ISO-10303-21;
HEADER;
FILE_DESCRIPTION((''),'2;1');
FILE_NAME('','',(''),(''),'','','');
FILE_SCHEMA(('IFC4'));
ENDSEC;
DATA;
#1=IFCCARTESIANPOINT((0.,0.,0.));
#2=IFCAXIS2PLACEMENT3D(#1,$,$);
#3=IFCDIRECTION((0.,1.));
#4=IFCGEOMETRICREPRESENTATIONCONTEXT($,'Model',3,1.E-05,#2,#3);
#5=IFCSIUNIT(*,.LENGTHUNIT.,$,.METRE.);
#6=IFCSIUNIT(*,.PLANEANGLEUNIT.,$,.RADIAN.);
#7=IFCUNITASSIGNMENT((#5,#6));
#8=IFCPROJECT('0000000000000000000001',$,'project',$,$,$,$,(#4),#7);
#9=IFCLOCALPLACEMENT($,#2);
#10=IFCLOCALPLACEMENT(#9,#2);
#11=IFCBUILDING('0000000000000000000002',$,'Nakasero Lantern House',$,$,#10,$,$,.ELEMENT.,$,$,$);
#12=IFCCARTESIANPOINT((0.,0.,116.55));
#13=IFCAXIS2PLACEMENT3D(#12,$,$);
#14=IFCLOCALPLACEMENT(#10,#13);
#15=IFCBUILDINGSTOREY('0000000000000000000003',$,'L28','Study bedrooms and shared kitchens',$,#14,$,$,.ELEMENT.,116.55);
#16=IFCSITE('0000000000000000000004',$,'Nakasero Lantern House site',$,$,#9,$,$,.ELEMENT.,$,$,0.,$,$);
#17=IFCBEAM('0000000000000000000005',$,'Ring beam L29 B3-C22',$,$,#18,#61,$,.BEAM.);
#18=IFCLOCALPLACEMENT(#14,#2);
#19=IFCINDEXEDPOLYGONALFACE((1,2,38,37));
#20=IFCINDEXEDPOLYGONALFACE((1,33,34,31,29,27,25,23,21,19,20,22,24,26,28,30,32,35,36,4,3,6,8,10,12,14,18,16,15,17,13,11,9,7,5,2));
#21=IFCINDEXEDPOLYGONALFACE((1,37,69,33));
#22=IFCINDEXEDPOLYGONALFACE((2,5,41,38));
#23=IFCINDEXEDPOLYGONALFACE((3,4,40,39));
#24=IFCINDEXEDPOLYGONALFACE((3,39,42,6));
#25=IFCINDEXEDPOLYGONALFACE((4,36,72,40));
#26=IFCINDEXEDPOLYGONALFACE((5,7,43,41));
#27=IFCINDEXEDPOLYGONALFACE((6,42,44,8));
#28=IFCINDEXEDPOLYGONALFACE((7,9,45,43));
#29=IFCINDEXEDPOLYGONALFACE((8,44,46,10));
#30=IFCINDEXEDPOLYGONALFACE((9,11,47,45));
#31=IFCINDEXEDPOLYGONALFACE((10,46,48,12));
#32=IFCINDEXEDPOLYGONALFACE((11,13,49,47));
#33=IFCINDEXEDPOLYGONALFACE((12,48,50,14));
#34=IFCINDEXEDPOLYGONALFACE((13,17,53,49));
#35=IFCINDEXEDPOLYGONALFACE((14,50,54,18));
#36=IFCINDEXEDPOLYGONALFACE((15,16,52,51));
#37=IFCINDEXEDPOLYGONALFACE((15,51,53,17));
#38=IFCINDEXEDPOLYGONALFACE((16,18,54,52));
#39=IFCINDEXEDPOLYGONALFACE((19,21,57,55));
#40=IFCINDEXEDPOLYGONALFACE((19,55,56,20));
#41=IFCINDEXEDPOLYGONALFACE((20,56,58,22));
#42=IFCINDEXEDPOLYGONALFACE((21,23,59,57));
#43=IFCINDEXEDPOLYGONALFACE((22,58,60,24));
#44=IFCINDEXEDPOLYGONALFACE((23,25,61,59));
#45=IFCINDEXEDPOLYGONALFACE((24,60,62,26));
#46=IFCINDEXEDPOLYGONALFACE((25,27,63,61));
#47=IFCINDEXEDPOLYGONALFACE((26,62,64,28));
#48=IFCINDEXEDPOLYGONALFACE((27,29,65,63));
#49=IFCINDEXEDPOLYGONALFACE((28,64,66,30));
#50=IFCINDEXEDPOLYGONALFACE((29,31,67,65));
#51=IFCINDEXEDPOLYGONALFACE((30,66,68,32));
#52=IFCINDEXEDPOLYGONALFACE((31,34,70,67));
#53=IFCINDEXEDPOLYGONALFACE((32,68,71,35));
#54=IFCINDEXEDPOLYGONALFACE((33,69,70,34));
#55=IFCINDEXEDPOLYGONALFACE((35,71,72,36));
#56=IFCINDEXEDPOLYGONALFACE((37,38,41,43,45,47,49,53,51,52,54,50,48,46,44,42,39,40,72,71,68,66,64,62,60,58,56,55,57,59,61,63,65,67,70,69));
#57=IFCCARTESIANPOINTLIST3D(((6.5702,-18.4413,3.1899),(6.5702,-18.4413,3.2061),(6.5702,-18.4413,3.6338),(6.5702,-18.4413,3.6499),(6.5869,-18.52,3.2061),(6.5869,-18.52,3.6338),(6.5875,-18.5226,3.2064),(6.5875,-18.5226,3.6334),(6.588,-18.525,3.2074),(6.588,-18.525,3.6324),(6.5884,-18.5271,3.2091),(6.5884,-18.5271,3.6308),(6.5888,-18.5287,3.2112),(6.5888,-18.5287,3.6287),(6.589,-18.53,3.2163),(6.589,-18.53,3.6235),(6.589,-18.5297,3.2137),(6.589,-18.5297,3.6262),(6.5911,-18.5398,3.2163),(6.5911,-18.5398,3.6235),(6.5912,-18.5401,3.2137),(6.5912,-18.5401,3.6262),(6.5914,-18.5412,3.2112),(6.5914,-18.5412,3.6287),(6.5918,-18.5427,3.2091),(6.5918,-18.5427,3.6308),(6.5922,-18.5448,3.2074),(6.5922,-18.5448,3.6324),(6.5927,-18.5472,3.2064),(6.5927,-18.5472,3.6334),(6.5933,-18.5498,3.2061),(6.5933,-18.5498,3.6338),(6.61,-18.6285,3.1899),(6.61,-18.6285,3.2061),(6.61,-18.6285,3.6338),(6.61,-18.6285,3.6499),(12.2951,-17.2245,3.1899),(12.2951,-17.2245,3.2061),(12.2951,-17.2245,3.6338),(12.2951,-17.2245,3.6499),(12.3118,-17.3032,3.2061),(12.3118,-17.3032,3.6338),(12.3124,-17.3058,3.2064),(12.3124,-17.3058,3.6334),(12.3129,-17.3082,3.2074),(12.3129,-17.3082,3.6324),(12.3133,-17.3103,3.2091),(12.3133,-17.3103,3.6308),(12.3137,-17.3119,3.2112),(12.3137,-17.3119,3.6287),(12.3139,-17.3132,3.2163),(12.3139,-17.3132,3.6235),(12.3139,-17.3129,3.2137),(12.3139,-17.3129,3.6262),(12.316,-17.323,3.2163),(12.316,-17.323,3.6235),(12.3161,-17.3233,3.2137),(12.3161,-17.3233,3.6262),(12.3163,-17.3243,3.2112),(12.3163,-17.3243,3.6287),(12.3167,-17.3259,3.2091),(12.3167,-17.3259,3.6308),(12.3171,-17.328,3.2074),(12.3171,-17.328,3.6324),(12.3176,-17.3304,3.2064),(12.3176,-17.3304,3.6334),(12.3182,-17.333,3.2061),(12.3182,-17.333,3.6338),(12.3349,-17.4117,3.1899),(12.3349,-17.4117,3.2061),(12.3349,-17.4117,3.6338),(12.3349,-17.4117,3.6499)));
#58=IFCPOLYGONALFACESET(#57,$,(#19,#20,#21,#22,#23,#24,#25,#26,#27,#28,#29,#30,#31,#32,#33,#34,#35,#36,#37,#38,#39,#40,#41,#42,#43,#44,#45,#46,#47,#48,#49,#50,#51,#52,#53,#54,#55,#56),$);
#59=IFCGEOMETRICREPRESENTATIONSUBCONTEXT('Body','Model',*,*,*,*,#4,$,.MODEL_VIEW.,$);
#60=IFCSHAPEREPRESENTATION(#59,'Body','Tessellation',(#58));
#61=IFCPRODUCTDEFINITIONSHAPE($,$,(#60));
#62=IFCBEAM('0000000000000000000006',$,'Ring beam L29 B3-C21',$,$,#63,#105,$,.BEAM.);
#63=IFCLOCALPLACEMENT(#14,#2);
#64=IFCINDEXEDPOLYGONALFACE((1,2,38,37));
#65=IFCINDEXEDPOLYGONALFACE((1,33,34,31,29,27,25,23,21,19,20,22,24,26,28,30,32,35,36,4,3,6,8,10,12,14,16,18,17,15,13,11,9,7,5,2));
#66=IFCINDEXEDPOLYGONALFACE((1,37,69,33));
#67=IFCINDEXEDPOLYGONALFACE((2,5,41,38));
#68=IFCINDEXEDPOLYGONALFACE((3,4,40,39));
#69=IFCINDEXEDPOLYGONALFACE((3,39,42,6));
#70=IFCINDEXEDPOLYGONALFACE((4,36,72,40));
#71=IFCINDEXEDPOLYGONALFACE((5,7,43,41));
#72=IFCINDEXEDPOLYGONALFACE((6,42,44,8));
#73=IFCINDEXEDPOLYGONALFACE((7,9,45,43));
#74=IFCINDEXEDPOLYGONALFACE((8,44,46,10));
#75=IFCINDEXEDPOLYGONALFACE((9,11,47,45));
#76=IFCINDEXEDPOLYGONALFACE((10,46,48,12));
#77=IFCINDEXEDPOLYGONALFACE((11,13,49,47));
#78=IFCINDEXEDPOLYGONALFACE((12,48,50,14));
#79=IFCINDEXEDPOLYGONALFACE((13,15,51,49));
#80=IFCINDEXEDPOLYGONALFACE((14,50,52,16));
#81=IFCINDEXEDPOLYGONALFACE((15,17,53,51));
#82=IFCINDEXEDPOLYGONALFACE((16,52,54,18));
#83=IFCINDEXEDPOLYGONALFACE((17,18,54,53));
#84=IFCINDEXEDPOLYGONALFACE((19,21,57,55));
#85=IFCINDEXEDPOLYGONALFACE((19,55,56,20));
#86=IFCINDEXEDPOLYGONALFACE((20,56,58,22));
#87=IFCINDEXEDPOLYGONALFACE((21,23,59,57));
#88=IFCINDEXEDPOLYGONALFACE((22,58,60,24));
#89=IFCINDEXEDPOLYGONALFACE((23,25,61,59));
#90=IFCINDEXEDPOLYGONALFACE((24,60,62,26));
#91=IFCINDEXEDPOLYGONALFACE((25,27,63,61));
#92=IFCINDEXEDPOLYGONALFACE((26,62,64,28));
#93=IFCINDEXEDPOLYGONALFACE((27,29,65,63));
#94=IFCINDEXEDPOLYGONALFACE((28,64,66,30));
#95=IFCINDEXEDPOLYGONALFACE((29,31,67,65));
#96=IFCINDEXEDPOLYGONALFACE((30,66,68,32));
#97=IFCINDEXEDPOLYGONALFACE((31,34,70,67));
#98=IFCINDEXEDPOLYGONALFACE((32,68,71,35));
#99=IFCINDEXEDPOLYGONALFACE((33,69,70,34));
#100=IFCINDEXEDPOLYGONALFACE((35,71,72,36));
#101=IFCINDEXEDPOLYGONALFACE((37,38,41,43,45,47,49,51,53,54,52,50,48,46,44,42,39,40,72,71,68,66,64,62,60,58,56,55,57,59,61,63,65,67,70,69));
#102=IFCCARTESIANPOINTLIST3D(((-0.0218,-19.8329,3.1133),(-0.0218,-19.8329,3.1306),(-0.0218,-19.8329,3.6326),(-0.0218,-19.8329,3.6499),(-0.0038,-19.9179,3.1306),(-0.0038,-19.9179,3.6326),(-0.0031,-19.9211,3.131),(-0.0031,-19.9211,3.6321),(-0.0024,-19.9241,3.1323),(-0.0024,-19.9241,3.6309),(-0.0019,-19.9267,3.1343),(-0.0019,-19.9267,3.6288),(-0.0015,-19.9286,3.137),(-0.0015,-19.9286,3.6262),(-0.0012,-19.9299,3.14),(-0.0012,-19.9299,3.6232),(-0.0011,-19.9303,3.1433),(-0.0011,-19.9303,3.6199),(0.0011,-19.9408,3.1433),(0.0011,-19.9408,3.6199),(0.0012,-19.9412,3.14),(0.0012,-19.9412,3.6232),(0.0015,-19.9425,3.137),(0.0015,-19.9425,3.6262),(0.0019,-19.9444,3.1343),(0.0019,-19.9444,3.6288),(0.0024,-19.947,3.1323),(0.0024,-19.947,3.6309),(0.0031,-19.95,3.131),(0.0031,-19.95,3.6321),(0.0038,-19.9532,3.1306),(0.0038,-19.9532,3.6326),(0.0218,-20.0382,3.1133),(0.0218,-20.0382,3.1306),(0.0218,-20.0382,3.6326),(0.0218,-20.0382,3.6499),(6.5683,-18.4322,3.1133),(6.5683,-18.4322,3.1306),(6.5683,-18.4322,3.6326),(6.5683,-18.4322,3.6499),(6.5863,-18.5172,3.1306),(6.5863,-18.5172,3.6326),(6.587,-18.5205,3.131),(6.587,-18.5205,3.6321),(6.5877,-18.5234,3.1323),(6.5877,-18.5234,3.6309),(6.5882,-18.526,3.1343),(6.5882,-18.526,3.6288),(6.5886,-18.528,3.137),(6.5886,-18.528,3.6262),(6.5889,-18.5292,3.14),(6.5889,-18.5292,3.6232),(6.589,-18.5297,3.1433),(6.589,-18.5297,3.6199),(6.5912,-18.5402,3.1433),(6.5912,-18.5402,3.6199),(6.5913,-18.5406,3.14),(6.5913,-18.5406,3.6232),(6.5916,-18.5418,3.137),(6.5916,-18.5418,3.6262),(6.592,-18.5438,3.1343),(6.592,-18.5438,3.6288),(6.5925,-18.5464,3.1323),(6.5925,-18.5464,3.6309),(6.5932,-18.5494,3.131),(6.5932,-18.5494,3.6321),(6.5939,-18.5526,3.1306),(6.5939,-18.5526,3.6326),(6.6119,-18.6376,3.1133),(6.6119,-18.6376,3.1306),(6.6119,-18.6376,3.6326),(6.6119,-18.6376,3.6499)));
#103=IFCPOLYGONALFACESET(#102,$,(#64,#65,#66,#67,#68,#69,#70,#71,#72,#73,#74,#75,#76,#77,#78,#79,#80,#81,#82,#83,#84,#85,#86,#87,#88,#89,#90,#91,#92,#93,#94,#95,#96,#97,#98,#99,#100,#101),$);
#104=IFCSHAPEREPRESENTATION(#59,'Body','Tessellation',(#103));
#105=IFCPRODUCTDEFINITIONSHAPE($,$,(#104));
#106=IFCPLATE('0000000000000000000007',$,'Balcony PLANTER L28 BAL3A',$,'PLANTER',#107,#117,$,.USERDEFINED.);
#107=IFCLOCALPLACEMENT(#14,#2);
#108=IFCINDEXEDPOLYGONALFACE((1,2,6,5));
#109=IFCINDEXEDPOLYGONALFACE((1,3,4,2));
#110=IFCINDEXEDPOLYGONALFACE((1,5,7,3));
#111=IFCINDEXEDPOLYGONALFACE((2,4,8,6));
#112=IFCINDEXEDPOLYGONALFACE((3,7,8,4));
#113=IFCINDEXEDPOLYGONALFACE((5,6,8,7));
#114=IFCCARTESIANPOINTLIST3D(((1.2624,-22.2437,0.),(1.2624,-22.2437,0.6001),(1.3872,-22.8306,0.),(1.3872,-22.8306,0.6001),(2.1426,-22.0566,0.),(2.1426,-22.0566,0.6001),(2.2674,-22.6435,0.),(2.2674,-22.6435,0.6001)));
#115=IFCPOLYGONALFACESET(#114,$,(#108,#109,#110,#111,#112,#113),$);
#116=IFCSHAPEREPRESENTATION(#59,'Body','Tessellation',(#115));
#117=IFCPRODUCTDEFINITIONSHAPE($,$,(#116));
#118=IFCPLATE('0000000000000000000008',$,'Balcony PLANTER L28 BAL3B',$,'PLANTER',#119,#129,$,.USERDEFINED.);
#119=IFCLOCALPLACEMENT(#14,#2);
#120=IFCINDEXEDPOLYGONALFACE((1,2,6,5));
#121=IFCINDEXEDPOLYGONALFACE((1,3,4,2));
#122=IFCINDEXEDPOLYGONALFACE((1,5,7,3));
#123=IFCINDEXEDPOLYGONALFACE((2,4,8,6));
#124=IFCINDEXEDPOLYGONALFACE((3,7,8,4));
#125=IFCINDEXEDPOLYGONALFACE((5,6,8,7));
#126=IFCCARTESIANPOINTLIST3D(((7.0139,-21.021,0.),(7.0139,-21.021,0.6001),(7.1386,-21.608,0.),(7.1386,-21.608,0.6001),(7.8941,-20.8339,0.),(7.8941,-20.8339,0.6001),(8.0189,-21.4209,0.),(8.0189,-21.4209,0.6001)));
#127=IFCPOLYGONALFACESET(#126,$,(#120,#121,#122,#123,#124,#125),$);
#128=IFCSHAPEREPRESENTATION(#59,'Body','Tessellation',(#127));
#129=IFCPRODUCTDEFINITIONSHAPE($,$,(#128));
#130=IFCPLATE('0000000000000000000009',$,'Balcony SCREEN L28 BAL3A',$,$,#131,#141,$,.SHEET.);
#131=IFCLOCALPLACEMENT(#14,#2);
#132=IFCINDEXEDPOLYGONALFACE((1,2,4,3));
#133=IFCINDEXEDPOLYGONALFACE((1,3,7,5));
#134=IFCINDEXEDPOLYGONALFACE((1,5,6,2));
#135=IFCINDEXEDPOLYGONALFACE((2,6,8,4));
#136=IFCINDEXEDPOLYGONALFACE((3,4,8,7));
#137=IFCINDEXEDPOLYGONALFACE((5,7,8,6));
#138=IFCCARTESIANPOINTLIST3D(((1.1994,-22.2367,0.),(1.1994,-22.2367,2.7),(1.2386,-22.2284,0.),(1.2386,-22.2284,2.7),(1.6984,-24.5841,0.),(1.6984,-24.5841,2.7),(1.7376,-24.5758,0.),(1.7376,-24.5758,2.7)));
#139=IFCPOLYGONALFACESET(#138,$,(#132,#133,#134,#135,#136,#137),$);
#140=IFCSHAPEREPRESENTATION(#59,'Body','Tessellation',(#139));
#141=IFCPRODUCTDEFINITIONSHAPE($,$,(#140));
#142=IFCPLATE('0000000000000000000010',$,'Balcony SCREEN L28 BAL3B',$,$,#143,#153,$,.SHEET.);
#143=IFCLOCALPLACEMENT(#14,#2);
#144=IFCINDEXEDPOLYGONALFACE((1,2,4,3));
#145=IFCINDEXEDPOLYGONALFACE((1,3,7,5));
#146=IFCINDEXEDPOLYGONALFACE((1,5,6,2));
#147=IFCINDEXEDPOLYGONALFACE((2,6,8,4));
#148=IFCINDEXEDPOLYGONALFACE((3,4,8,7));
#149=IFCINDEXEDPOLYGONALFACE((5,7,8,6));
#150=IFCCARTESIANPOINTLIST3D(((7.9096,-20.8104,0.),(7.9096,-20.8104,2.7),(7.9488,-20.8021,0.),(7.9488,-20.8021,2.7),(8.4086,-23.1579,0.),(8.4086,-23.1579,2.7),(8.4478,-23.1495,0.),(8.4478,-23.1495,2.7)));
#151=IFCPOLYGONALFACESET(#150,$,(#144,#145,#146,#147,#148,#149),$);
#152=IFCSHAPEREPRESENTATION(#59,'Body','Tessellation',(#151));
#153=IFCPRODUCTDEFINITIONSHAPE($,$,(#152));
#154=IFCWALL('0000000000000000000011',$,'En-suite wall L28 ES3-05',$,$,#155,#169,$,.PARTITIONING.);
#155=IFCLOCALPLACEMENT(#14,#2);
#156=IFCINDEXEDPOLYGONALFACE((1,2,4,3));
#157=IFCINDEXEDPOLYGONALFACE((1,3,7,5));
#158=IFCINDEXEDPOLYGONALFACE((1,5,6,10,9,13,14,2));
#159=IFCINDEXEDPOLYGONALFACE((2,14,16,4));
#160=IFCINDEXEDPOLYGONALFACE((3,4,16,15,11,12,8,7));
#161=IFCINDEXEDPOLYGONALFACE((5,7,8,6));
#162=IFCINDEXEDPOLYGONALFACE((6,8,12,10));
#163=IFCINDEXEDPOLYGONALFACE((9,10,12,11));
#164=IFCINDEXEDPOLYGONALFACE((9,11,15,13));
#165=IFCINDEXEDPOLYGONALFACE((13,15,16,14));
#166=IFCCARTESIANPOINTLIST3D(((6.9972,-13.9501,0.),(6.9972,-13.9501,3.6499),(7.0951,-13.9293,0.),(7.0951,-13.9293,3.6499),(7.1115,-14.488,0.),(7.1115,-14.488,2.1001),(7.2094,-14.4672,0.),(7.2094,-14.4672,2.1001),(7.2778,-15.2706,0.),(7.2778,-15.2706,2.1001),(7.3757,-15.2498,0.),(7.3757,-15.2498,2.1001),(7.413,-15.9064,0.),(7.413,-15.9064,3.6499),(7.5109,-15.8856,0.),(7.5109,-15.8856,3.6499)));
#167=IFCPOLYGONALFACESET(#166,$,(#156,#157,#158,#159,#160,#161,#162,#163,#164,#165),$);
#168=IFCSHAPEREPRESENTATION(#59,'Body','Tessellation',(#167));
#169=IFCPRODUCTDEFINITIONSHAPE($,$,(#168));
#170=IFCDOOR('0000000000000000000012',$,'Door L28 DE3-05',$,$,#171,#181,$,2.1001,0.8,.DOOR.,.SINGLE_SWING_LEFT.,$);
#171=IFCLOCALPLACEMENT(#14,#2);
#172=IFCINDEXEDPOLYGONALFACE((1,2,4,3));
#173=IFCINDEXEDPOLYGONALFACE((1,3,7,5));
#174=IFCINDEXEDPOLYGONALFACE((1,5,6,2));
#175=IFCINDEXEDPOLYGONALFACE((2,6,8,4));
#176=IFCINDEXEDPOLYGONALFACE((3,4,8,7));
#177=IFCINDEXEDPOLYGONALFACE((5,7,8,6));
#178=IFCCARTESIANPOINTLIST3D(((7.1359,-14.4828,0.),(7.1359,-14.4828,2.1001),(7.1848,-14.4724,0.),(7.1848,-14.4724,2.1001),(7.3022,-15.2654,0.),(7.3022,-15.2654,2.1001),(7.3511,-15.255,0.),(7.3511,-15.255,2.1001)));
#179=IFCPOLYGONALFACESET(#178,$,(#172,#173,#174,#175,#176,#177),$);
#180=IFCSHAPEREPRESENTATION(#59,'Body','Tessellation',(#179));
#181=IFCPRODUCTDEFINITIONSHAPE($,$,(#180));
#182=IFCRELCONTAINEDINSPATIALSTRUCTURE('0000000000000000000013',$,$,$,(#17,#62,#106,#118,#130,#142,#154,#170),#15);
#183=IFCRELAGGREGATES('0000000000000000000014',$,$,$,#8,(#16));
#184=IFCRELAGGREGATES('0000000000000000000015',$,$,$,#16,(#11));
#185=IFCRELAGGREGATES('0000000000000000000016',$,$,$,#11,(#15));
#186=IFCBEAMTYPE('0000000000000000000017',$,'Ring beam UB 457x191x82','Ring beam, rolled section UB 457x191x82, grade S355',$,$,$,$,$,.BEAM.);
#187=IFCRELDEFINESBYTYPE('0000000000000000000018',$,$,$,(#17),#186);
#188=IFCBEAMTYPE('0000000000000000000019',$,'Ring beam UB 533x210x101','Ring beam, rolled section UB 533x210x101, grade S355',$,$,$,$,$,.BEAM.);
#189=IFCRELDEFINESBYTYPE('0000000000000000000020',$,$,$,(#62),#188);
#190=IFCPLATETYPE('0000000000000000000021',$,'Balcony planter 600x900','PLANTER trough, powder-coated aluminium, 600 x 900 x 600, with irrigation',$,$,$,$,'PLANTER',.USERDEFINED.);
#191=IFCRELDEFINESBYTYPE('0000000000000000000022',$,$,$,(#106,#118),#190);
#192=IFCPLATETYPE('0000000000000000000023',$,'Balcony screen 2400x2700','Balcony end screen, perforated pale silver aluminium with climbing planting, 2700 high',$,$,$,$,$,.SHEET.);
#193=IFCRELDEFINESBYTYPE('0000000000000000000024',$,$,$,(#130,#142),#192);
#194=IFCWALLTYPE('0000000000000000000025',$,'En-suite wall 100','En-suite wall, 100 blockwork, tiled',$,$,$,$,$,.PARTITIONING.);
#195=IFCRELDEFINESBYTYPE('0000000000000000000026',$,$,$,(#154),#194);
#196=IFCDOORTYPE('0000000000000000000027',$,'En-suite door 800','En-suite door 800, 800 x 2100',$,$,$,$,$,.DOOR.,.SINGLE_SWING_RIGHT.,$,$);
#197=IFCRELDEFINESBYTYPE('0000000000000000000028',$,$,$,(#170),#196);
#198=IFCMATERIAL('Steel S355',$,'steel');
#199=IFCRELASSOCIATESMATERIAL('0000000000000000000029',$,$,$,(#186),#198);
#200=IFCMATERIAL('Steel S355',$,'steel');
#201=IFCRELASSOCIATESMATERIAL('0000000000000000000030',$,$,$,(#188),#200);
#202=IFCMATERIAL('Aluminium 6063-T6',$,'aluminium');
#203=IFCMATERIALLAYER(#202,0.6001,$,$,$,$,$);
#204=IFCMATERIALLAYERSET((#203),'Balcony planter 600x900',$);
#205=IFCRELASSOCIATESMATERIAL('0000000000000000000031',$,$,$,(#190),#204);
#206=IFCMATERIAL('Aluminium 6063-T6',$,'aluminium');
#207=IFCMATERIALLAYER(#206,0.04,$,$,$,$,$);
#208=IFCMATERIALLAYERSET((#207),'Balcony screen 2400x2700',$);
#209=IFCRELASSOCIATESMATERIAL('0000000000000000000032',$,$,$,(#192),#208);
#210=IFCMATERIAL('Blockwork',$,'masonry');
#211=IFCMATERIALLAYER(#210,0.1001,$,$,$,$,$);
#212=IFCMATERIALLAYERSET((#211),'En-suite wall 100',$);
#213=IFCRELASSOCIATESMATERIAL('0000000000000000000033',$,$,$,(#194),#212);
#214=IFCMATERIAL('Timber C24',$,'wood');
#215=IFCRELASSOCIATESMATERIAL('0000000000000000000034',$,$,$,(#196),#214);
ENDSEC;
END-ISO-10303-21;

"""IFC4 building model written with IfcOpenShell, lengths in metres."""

from ifc_helpers import new_model, si_unit, direction, frame, frame_2d, origin, origin_2d, place, context, subcontext, project, spatial, rectangle, i_section, extrude, material, layer, layer_set, material_profile, profile_set, type_object, element, fill, save


model = new_model("IFC4")

# Units and contexts
model_context = context("Model", 3, precision=1e-05, world=origin(), true_north=direction((0.0, 1.0)))
body_context = subcontext(model_context, "Body", "Model", "MODEL_VIEW")
ifc_project = project(units=[si_unit("LENGTHUNIT", "METRE"), si_unit("PLANEANGLEUNIT", "RADIAN")], contexts=[model_context])

# Site, building, storey
site_placement = place(None, origin())
site = spatial("IfcSite", under=ifc_project, at=site_placement, Name="Nakasero Lantern House site", CompositionType="ELEMENT", RefElevation=0.0)
building_placement = place(site_placement, origin())
building = spatial("IfcBuilding", under=site, at=building_placement, Name="Nakasero Lantern House", CompositionType="ELEMENT")
storey_placement = place(building_placement, frame((0.0, 0.0, 116.55)))
storey = spatial("IfcBuildingStorey", under=building, at=storey_placement, Name="L28", Description="Study bedrooms and shared kitchens", CompositionType="ELEMENT", Elevation=116.55)

# Beams
ifc_material_1 = material(Name="Steel S355", Category="steel")
ifc_material_profile_1 = material_profile(ifc_material_1, i_section(OverallWidth=0.1914, OverallDepth=0.46, WebThickness=0.01, FlangeThickness=0.0161, FilletRadius=0.0103, at=origin_2d()), Name="UB 457x191x82")
ifc_profile_set_1 = profile_set([ifc_material_profile_1], Name="Steel S355")
beam_type_1 = type_object("IfcBeamType", Name="Ring beam UB 457x191x82", Description="Ring beam, rolled section UB 457x191x82, grade S355", PredefinedType="BEAM", material=ifc_profile_set_1)
beam_1_placement = place(storey_placement, frame((6.5901, -18.5349, 3.4199), z_axis=(0.97815, 0.207902, 0.0), x_axis=(-0.207902, 0.97815, 0.0)))
element("IfcBeam", 1, at=beam_1_placement, inside=storey, type_object=beam_type_1, Name="Ring beam L29 B3-C22", PredefinedType="BEAM", context=body_context, shape_type="SweptSolid", body=[
    extrude(i_section(OverallWidth=0.1914, OverallDepth=0.46, WebThickness=0.01, FlangeThickness=0.0161, FilletRadius=0.0103, at=origin_2d()), origin(), (0.0, 0.0, 1.0), 5.8528),
])
ifc_material_2 = material(Name="Steel S355", Category="steel")
ifc_material_profile_2 = material_profile(ifc_material_2, i_section(OverallWidth=0.21, OverallDepth=0.5366, WebThickness=0.0107, FlangeThickness=0.0173, FilletRadius=0.0127, at=origin_2d()), Name="UB 533x210x101")
ifc_profile_set_2 = profile_set([ifc_material_profile_2], Name="Steel S355")
beam_type_2 = type_object("IfcBeamType", Name="Ring beam UB 533x210x101", Description="Ring beam, rolled section UB 533x210x101, grade S355", PredefinedType="BEAM", material=ifc_profile_set_2)
beam_2_placement = place(storey_placement, frame((0.0, -19.9355, 3.3816), z_axis=(0.978152, 0.207893, 0.0), x_axis=(-0.207893, 0.978152, 0.0)))
element("IfcBeam", 2, at=beam_2_placement, inside=storey, type_object=beam_type_2, Name="Ring beam L29 B3-C21", PredefinedType="BEAM", context=body_context, shape_type="SweptSolid", body=[
    extrude(i_section(OverallWidth=0.21, OverallDepth=0.5366, WebThickness=0.0107, FlangeThickness=0.0173, FilletRadius=0.0127, at=origin_2d()), origin(), (0.0, 0.0, 1.0), 6.7373),
])

# Plates
ifc_material_3 = material(Name="Aluminium 6063-T6", Category="aluminium")
ifc_layer_1 = layer(ifc_material_3, 0.6001)
ifc_layer_set_1 = layer_set([ifc_layer_1], Name="Balcony planter 600x900")
plate_type_1 = type_object("IfcPlateType", Name="Balcony planter 600x900", Description="PLANTER trough, powder-coated aluminium, 600 x 900 x 600, with irrigation", ElementType="PLANTER", PredefinedType="USERDEFINED", material=ifc_layer_set_1)
for number, where, z_axis, x_axis, name in (
    (3, (1.7649, -22.4436, 0.0), (0.0, 0.0, 1.0), (0.207912, -0.978148, 0.0), "Balcony PLANTER L28 BAL3A"),
    (4, (7.5164, -21.2209, 0.0), (0.0, 0.0, 1.0), (0.207912, -0.978148, 0.0), "Balcony PLANTER L28 BAL3B"),
):
    element("IfcPlate", number, at=place(storey_placement, frame(where, z_axis=z_axis, x_axis=x_axis)), inside=storey, type_object=plate_type_1, Name=name, ObjectType="PLANTER", PredefinedType="USERDEFINED", context=body_context, shape_type="SweptSolid", body=[
        extrude(rectangle(XDim=0.6001, YDim=0.8999, at=origin_2d()), origin(), (0.0, 0.0, 1.0), 0.6001),
    ])
ifc_material_4 = material(Name="Aluminium 6063-T6", Category="aluminium")
ifc_layer_2 = layer(ifc_material_4, 0.04)
ifc_layer_set_2 = layer_set([ifc_layer_2], Name="Balcony screen 2400x2700")
plate_type_2 = type_object("IfcPlateType", Name="Balcony screen 2400x2700", Description="Balcony end screen, perforated pale silver aluminium with climbing planting, 2700 high", PredefinedType="SHEET", material=ifc_layer_set_2)
for number, where, z_axis, x_axis, name in (
    (5, (1.4685, -23.4062, 0.0), (0.0, 0.0, 1.0), (0.207912, -0.978148, 0.0), "Balcony SCREEN L28 BAL3A"),
    (6, (8.1787, -21.98, 0.0), (0.0, 0.0, 1.0), (0.207912, -0.978148, 0.0), "Balcony SCREEN L28 BAL3B"),
):
    element("IfcPlate", number, at=place(storey_placement, frame(where, z_axis=z_axis, x_axis=x_axis)), inside=storey, type_object=plate_type_2, Name=name, PredefinedType="SHEET", context=body_context, shape_type="SweptSolid", body=[
        extrude(rectangle(XDim=2.3999, YDim=0.04, at=origin_2d()), origin(), (0.0, 0.0, 1.0), 2.7),
    ])

# Wall, opening, door
ifc_material_5 = material(Name="Blockwork", Category="masonry")
ifc_layer_3 = layer(ifc_material_5, 0.1001)
ifc_layer_set_3 = layer_set([ifc_layer_3], Name="En-suite wall 100")
wall_type_1 = type_object("IfcWallType", Name="En-suite wall 100", Description="En-suite wall, 100 blockwork, tiled", PredefinedType="PARTITIONING", material=ifc_layer_set_3)
wall_1_placement = place(storey_placement, frame((7.0461, -13.9397, 0.0), z_axis=(0.0, 0.0, 1.0), x_axis=(0.207886, -0.978153, 0.0)))
wall_1 = element("IfcWall", 7, at=wall_1_placement, inside=storey, type_object=wall_type_1, Name="En-suite wall L28 ES3-05", PredefinedType="PARTITIONING", context=body_context, shape_type="SweptSolid", body=[
    extrude(rectangle(XDim=2.0, YDim=0.1001, at=frame_2d((1.0, 0.0))), origin(), (0.0, 0.0, 1.0), 3.6499),
])
opening_placement = place(wall_1_placement, frame((0.55, 0.0, 0.0)))
opening = element("IfcOpeningElement", 8, at=opening_placement, cuts=wall_1, PredefinedType="OPENING", context=body_context, shape_type="SweptSolid", body=[
    extrude(rectangle(XDim=0.8, YDim=2.1001, at=frame_2d((0.3999, 1.05))), frame((0.0, 0.0701, 0.0), z_axis=(0.0, -1.0, 0.0), x_axis=(1.0, 0.0, 0.0)), (0.0, 0.0, 1.0), 0.1401),
])
ifc_material_6 = material(Name="Timber C24", Category="wood")
door_type = type_object("IfcDoorType", Name="En-suite door 800", Description="En-suite door 800, 800 x 2100", OperationType="SINGLE_SWING_RIGHT", PredefinedType="DOOR", material=ifc_material_6)
door_placement = place(opening_placement, origin())
door = element("IfcDoor", 9, at=door_placement, inside=storey, type_object=door_type, Name="Door L28 DE3-05", OperationType="SINGLE_SWING_LEFT", OverallHeight=2.1001, OverallWidth=0.8, PredefinedType="DOOR", context=body_context, shape_type="SweptSolid", body=[
    extrude(rectangle(XDim=0.8, YDim=2.1001, at=frame_2d((0.3999, 1.05))), frame((0.0, 0.0249, 0.0), z_axis=(0.0, -1.0, 0.0), x_axis=(1.0, 0.0, 0.0)), (0.0, 0.0, 1.0), 0.05),
])
fill(opening, door)

save(model, "model.ifc")
